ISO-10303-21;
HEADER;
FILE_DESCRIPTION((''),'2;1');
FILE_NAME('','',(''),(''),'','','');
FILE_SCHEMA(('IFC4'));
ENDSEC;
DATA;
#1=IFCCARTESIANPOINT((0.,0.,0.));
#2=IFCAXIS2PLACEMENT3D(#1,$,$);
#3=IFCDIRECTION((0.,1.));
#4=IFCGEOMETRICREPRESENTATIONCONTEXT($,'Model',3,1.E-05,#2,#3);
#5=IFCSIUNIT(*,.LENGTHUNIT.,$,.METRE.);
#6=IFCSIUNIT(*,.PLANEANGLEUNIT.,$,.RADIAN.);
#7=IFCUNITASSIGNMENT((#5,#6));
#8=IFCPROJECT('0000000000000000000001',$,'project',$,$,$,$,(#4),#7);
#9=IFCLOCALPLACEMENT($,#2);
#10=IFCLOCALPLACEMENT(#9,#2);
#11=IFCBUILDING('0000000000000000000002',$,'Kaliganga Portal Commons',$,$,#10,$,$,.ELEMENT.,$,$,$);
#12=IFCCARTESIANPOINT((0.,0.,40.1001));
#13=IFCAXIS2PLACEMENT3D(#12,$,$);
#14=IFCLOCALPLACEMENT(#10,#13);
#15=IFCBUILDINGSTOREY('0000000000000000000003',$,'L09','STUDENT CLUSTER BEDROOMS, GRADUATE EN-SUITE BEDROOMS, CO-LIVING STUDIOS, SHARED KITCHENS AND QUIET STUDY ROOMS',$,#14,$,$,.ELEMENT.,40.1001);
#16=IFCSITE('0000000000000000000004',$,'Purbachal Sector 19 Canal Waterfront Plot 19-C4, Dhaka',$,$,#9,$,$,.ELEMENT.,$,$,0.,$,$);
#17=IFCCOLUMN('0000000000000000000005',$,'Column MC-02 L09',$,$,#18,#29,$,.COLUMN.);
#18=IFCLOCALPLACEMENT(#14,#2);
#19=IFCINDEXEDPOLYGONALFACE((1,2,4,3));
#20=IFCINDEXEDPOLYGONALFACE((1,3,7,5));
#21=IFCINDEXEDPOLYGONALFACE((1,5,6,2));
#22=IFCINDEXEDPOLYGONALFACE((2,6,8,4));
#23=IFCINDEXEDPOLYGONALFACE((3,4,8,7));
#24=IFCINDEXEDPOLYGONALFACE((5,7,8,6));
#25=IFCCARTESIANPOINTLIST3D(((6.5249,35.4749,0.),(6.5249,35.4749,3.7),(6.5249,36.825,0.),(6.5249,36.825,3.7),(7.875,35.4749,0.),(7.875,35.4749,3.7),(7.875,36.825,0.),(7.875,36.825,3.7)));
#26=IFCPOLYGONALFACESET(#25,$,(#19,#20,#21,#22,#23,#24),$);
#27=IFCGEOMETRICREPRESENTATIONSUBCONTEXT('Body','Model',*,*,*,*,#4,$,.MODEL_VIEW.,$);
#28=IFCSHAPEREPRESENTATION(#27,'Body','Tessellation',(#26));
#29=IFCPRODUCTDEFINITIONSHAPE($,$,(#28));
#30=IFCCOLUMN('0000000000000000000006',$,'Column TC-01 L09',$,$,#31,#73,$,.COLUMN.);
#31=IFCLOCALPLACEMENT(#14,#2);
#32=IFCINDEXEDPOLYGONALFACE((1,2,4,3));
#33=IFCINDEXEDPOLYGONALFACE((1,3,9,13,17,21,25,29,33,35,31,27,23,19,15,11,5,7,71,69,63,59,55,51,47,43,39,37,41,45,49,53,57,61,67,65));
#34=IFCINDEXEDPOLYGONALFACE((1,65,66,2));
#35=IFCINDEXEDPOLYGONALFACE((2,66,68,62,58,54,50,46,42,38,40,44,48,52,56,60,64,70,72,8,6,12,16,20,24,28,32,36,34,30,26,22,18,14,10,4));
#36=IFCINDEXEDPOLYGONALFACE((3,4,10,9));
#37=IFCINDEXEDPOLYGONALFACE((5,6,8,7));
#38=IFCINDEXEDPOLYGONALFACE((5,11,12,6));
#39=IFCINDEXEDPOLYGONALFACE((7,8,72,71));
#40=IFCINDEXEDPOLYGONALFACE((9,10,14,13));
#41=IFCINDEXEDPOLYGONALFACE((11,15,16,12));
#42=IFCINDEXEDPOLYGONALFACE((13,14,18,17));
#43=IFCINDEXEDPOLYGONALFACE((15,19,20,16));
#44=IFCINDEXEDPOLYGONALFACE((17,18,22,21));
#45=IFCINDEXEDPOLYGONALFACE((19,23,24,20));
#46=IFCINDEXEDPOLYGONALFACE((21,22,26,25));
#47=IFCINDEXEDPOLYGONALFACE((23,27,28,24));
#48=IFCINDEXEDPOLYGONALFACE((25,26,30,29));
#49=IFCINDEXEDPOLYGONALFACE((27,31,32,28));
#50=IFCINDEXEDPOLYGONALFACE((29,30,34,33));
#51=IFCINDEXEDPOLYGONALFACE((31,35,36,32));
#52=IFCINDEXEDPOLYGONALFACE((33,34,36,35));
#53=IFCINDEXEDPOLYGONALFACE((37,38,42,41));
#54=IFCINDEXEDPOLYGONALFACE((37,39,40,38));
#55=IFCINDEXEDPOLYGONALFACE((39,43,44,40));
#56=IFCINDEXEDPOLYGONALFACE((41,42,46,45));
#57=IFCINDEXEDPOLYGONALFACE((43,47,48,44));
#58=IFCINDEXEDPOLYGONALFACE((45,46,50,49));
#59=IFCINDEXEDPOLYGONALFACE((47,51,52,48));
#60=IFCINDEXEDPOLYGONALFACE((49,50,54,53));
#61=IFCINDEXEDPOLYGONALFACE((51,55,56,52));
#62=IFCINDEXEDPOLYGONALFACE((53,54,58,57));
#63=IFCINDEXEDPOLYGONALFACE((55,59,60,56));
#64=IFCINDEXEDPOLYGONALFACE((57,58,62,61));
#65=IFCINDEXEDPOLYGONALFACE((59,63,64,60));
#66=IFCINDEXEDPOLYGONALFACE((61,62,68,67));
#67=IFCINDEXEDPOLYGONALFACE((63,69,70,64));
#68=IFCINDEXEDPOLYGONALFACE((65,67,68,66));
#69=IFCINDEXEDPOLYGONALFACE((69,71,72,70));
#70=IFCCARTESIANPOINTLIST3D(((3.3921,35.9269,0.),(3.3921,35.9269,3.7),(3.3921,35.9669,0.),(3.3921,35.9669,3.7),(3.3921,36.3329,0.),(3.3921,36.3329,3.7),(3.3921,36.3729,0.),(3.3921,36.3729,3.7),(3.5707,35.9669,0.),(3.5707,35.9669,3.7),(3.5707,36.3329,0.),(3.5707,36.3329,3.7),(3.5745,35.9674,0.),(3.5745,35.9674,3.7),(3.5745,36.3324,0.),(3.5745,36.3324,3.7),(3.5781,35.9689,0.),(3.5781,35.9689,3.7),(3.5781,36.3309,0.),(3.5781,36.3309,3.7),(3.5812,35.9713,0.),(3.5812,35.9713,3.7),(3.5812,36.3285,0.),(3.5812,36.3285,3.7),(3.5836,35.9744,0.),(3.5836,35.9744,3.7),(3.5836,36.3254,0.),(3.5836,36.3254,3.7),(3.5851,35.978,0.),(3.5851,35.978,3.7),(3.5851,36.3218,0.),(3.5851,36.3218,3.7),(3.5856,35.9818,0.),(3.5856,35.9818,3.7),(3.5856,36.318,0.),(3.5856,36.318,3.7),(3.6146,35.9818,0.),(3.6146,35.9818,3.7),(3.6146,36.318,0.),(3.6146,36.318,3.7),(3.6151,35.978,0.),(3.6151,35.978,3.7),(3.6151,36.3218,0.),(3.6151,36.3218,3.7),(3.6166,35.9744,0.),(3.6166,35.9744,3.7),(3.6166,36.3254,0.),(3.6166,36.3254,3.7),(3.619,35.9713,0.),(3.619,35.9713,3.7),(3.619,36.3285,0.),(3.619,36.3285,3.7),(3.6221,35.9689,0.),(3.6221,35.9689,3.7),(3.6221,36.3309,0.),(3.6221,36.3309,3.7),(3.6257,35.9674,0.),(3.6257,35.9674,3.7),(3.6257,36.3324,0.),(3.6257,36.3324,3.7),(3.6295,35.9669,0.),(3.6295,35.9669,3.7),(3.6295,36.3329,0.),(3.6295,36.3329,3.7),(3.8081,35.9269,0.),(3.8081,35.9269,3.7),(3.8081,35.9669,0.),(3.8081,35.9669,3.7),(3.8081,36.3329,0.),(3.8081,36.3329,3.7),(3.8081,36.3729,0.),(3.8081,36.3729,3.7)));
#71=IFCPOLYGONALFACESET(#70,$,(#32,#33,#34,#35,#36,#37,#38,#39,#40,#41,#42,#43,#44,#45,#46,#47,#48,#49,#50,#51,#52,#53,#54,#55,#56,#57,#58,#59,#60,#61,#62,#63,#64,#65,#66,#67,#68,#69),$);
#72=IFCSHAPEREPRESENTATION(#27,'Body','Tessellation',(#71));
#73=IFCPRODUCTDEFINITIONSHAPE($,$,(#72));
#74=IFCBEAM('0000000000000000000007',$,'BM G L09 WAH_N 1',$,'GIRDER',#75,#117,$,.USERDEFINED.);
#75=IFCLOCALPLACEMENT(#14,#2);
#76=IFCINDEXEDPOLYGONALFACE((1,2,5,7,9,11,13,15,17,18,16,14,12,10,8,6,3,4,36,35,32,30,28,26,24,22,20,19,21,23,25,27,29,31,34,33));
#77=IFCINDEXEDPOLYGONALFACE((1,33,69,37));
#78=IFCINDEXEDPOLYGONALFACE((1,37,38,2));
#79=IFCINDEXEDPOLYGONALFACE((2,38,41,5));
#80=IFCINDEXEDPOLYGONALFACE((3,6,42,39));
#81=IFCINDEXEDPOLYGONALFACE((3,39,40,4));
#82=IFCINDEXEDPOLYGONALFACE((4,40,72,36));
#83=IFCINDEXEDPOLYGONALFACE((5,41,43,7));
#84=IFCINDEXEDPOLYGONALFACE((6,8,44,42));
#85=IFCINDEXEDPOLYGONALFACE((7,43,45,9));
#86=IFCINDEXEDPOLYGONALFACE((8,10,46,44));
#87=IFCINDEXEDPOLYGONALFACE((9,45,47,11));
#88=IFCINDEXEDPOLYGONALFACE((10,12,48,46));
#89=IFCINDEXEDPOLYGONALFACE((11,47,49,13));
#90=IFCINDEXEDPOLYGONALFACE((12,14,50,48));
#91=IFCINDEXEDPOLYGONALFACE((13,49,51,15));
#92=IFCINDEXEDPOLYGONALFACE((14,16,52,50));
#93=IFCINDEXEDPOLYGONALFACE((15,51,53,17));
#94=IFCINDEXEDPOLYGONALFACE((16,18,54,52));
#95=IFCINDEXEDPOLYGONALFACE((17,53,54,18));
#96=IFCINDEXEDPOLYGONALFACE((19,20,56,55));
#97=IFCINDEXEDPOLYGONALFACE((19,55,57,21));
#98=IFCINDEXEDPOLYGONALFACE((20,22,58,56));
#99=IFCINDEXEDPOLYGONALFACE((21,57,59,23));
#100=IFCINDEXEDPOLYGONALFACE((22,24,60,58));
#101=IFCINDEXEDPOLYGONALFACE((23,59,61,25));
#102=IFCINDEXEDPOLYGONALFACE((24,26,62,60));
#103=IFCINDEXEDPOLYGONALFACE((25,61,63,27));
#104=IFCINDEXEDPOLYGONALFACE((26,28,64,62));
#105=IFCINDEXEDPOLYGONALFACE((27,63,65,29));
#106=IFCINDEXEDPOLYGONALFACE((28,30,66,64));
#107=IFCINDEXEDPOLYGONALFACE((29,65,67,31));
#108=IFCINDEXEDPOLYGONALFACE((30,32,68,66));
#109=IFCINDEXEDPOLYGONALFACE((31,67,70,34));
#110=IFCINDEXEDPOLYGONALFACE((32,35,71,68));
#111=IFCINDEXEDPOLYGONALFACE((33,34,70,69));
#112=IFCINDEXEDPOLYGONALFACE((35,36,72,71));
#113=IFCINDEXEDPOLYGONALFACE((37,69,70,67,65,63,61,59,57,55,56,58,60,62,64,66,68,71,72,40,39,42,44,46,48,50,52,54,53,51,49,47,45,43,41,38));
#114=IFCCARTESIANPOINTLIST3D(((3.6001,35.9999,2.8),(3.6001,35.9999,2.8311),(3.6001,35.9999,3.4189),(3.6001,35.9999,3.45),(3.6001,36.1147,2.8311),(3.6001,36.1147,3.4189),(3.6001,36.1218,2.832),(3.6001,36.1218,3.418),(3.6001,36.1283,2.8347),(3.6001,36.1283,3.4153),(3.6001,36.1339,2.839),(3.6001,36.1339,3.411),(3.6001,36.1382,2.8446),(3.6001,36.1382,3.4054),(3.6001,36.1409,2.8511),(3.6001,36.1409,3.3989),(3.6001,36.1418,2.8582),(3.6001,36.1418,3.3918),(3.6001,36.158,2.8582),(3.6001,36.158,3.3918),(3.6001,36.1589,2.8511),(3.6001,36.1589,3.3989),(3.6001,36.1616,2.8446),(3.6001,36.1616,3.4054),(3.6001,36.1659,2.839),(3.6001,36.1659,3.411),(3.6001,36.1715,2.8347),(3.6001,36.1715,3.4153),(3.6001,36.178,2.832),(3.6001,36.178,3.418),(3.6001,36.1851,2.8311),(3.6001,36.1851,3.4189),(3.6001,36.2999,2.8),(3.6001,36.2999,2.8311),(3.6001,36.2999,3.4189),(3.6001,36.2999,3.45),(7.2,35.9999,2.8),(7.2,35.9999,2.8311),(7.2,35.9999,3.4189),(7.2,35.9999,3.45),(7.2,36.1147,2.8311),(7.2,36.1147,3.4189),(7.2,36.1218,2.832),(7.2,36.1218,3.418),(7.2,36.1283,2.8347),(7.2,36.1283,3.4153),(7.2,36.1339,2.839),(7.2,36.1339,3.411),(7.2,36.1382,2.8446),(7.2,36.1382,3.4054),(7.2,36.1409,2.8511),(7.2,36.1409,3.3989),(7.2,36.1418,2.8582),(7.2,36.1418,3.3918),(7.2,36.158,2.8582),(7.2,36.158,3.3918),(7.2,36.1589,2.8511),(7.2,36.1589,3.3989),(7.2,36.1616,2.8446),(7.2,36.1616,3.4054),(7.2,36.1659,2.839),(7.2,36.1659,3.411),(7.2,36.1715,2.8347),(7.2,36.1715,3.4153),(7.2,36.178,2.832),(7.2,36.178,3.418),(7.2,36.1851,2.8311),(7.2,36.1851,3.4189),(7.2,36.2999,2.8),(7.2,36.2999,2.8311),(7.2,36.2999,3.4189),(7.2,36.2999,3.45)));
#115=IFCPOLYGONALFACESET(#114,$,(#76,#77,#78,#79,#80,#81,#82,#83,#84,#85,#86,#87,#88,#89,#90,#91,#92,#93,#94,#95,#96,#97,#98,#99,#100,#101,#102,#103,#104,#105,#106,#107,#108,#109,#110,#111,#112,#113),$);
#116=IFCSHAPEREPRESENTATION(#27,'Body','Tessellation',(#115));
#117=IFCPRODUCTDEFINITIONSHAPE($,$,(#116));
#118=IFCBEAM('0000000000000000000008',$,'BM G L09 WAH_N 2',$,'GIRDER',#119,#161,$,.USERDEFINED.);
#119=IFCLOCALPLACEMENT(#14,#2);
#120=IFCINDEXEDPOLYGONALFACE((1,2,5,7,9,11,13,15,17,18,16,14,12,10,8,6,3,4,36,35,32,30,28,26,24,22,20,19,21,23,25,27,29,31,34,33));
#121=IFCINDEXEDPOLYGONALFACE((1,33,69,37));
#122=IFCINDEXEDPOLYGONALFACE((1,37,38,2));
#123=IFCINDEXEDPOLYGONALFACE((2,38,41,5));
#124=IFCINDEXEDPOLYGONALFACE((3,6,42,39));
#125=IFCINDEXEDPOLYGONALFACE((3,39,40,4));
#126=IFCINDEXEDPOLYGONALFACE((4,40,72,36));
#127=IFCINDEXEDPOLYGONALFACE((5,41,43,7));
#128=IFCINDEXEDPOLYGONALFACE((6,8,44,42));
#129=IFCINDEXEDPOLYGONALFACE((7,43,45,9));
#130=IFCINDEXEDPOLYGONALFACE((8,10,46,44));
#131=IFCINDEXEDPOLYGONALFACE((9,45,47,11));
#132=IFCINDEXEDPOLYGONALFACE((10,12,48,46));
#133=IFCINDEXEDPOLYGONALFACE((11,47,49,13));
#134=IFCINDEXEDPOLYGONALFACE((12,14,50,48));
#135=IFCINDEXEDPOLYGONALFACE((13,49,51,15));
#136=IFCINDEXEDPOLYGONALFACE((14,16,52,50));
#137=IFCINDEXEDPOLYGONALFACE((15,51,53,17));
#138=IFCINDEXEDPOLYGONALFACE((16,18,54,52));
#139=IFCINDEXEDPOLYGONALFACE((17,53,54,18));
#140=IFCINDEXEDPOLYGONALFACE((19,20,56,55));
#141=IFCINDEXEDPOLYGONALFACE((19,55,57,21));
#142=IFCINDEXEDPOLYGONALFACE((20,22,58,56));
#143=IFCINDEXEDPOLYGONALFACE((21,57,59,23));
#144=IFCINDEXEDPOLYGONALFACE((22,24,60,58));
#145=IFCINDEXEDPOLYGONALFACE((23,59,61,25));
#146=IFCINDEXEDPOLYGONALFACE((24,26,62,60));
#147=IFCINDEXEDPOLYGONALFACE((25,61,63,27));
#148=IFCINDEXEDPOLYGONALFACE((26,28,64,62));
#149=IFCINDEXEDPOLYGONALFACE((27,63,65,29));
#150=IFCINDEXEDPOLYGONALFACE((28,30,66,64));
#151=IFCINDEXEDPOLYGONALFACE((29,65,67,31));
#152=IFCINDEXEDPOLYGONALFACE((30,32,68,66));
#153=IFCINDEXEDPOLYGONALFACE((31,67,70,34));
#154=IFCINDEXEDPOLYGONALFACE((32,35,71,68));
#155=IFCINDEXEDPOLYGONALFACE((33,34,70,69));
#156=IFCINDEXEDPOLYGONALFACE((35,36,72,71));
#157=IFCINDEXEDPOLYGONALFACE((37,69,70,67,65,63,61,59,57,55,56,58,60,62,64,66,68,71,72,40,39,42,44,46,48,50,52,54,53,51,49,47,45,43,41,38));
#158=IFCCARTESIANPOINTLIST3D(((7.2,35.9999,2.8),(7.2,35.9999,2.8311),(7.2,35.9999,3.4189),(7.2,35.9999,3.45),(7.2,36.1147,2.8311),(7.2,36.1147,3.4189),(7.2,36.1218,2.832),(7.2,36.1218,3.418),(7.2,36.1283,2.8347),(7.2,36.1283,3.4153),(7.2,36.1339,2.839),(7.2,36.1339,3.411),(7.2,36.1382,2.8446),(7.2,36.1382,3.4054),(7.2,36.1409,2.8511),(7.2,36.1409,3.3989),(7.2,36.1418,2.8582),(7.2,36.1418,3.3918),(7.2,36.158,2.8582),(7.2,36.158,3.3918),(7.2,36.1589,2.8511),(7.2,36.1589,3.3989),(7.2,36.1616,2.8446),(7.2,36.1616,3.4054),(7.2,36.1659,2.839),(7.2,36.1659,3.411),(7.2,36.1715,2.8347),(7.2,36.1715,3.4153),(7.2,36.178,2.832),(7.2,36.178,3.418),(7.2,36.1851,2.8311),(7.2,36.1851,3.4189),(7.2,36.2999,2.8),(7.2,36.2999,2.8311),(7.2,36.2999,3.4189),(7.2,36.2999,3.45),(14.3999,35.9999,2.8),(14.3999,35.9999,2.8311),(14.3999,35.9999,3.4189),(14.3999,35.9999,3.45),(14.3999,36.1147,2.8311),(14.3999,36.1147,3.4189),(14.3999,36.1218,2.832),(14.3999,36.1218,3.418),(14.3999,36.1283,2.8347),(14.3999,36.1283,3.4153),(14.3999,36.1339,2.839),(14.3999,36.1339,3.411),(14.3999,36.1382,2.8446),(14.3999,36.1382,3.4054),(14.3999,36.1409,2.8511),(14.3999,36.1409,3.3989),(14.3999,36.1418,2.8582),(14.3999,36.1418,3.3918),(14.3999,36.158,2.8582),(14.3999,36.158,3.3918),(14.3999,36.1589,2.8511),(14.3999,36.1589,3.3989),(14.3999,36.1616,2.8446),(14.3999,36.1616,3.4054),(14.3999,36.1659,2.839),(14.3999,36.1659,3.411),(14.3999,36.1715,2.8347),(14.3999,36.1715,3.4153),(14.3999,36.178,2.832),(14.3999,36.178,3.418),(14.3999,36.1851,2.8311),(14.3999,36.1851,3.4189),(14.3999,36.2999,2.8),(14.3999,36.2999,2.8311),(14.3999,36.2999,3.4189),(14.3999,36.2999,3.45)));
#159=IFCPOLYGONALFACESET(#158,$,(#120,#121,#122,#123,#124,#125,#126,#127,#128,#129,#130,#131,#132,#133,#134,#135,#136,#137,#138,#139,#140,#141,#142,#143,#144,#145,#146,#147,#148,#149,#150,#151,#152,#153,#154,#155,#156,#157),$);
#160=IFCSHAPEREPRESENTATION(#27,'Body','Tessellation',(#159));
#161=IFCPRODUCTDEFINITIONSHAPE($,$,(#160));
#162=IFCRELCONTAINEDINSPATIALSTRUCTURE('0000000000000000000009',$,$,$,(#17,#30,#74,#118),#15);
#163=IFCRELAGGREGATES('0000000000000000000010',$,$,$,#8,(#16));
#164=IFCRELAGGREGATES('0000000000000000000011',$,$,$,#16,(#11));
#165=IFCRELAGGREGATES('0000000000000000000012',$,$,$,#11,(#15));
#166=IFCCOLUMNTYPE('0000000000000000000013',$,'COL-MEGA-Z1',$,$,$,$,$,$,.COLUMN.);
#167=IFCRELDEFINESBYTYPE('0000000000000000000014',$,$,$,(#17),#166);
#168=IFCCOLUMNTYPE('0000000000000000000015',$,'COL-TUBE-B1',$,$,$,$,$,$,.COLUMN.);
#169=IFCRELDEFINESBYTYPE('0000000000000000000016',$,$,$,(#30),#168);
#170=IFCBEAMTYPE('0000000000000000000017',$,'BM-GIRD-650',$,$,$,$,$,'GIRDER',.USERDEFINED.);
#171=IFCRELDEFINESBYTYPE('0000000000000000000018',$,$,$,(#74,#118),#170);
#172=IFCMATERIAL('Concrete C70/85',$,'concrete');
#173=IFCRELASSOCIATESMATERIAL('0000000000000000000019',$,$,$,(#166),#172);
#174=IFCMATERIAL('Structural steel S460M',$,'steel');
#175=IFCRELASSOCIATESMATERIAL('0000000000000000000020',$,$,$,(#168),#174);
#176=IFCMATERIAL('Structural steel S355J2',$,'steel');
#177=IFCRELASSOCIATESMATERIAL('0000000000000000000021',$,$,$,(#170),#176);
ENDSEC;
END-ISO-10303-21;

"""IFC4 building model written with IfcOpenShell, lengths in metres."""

from ifc_helpers import new_model, si_unit, direction, frame, origin, origin_2d, place, context, subcontext, project, spatial, rectangle, i_section, extrude, source, transform, mapped, material, material_profile, profile_set, type_object, element, save


model = new_model("IFC4")

# Units and contexts
model_context = context("Model", 3, precision=1e-05, world=origin(), true_north=direction((0.0, 1.0)))
body_context = subcontext(model_context, "Body", "Model", "MODEL_VIEW")
ifc_project = project(units=[si_unit("LENGTHUNIT", "METRE"), si_unit("PLANEANGLEUNIT", "RADIAN")], contexts=[model_context])

# Site, building, storey
site_placement = place(None, origin())
site = spatial("IfcSite", under=ifc_project, at=site_placement, Name="Purbachal Sector 19 Canal Waterfront Plot 19-C4, Dhaka", CompositionType="ELEMENT", RefElevation=0.0)
building_placement = place(site_placement, origin())
building = spatial("IfcBuilding", under=site, at=building_placement, Name="Kaliganga Portal Commons", CompositionType="ELEMENT")
storey_placement = place(building_placement, frame((0.0, 0.0, 40.1001)))
storey = spatial("IfcBuildingStorey", under=building, at=storey_placement, Name="L09", Description="STUDENT CLUSTER BEDROOMS, GRADUATE EN-SUITE BEDROOMS, CO-LIVING STUDIOS, SHARED KITCHENS AND QUIET STUDY ROOMS", CompositionType="ELEMENT", Elevation=40.1001)

# Columns
ifc_material_1 = material(Name="Concrete C70/85", Category="concrete")
ifc_material_profile_1 = material_profile(ifc_material_1, rectangle(XDim=1.3501, YDim=1.3501, at=origin_2d()), Name="RC 1350x1350")
ifc_profile_set_1 = profile_set([ifc_material_profile_1], Name="Concrete C70/85")
column_type_1 = type_object("IfcColumnType", Name="COL-MEGA-Z1", PredefinedType="COLUMN", material=ifc_profile_set_1)
shared_shape_1 = source(origin(), body_context, "Body", "SweptSolid", [
    extrude(rectangle(XDim=1.3501, YDim=1.3501, at=origin_2d()), origin(), (0.0, 0.0, 1.0), 3.7),
])
column_1_placement = place(storey_placement, frame((7.2, 36.1499, 0.0), z_axis=(0.0, 0.0, 1.0), x_axis=(1.0, 0.0, 0.0)))
element("IfcColumn", 1, at=column_1_placement, inside=storey, type_object=column_type_1, Name="Column MC-02 L09", PredefinedType="COLUMN", context=body_context, shape_type="MappedRepresentation", body=[
    mapped(shared_shape_1, transform((0.0, 0.0, 0.0), x_axis=(1.0, 0.0, 0.0), y_axis=(0.0, 1.0, 0.0), z_axis=(0.0, 0.0, 1.0), scale=1.0)),
])
ifc_material_2 = material(Name="Structural steel S460M", Category="steel")
ifc_material_profile_2 = material_profile(ifc_material_2, i_section(OverallWidth=0.416, OverallDepth=0.446, WebThickness=0.0291, FlangeThickness=0.04, FilletRadius=0.0149, at=origin_2d()), Name="HD 400x509")
ifc_profile_set_2 = profile_set([ifc_material_profile_2], Name="Structural steel S460M wide-flange")
column_type_2 = type_object("IfcColumnType", Name="COL-TUBE-B1", PredefinedType="COLUMN", material=ifc_profile_set_2)
shared_shape_2 = source(origin(), body_context, "Body", "SweptSolid", [
    extrude(i_section(OverallWidth=0.416, OverallDepth=0.446, WebThickness=0.0291, FlangeThickness=0.04, FilletRadius=0.0149, at=origin_2d()), origin(), (0.0, 0.0, 1.0), 3.7),
])
column_2_placement = place(storey_placement, frame((3.6001, 36.1499, 0.0), z_axis=(0.0, 0.0, 1.0), x_axis=(1.0, 0.0, 0.0)))
element("IfcColumn", 2, at=column_2_placement, inside=storey, type_object=column_type_2, Name="Column TC-01 L09", PredefinedType="COLUMN", context=body_context, shape_type="MappedRepresentation", body=[
    mapped(shared_shape_2, transform((0.0, 0.0, 0.0), x_axis=(1.0, 0.0, 0.0), y_axis=(0.0, 1.0, 0.0), z_axis=(0.0, 0.0, 1.0), scale=1.0)),
])

# Beams
ifc_material_3 = material(Name="Structural steel S355J2", Category="steel")
ifc_material_profile_3 = material_profile(ifc_material_3, i_section(OverallWidth=0.3, OverallDepth=0.6499, WebThickness=0.0161, FlangeThickness=0.031, FilletRadius=0.0271, at=origin_2d()), Name="HE 650 B")
ifc_profile_set_3 = profile_set([ifc_material_profile_3], Name="Structural steel S355J2 wide-flange")
beam_type = type_object("IfcBeamType", Name="BM-GIRD-650", ElementType="GIRDER", PredefinedType="USERDEFINED", material=ifc_profile_set_3)
shared_shape_3 = source(origin(), body_context, "Body", "SweptSolid", [
    extrude(i_section(OverallWidth=0.3, OverallDepth=0.6499, WebThickness=0.0161, FlangeThickness=0.031, FilletRadius=0.0271, at=origin_2d()), origin(), (0.0, 0.0, 1.0), 3.5999),
])
beam_1_placement = place(storey_placement, frame((3.6001, 36.1499, 3.125), z_axis=(1.0, 0.0, 0.0), x_axis=(0.0, 1.0, 0.0)))
element("IfcBeam", 3, at=beam_1_placement, inside=storey, type_object=beam_type, Name="BM G L09 WAH_N 1", ObjectType="GIRDER", PredefinedType="USERDEFINED", context=body_context, shape_type="MappedRepresentation", body=[
    mapped(shared_shape_3, transform((0.0, 0.0, 0.0), x_axis=(1.0, 0.0, 0.0), y_axis=(0.0, 1.0, 0.0), z_axis=(0.0, 0.0, 1.0), scale=1.0)),
])
shared_shape_4 = source(origin(), body_context, "Body", "SweptSolid", [
    extrude(i_section(OverallWidth=0.3, OverallDepth=0.6499, WebThickness=0.0161, FlangeThickness=0.031, FilletRadius=0.0271, at=origin_2d()), origin(), (0.0, 0.0, 1.0), 7.2),
])
beam_2_placement = place(storey_placement, frame((7.2, 36.1499, 3.125), z_axis=(1.0, 0.0, 0.0), x_axis=(0.0, 1.0, 0.0)))
element("IfcBeam", 4, at=beam_2_placement, inside=storey, type_object=beam_type, Name="BM G L09 WAH_N 2", ObjectType="GIRDER", PredefinedType="USERDEFINED", context=body_context, shape_type="MappedRepresentation", body=[
    mapped(shared_shape_4, transform((0.0, 0.0, 0.0), x_axis=(1.0, 0.0, 0.0), y_axis=(0.0, 1.0, 0.0), z_axis=(0.0, 0.0, 1.0), scale=1.0)),
])

save(model, "model.ifc")
